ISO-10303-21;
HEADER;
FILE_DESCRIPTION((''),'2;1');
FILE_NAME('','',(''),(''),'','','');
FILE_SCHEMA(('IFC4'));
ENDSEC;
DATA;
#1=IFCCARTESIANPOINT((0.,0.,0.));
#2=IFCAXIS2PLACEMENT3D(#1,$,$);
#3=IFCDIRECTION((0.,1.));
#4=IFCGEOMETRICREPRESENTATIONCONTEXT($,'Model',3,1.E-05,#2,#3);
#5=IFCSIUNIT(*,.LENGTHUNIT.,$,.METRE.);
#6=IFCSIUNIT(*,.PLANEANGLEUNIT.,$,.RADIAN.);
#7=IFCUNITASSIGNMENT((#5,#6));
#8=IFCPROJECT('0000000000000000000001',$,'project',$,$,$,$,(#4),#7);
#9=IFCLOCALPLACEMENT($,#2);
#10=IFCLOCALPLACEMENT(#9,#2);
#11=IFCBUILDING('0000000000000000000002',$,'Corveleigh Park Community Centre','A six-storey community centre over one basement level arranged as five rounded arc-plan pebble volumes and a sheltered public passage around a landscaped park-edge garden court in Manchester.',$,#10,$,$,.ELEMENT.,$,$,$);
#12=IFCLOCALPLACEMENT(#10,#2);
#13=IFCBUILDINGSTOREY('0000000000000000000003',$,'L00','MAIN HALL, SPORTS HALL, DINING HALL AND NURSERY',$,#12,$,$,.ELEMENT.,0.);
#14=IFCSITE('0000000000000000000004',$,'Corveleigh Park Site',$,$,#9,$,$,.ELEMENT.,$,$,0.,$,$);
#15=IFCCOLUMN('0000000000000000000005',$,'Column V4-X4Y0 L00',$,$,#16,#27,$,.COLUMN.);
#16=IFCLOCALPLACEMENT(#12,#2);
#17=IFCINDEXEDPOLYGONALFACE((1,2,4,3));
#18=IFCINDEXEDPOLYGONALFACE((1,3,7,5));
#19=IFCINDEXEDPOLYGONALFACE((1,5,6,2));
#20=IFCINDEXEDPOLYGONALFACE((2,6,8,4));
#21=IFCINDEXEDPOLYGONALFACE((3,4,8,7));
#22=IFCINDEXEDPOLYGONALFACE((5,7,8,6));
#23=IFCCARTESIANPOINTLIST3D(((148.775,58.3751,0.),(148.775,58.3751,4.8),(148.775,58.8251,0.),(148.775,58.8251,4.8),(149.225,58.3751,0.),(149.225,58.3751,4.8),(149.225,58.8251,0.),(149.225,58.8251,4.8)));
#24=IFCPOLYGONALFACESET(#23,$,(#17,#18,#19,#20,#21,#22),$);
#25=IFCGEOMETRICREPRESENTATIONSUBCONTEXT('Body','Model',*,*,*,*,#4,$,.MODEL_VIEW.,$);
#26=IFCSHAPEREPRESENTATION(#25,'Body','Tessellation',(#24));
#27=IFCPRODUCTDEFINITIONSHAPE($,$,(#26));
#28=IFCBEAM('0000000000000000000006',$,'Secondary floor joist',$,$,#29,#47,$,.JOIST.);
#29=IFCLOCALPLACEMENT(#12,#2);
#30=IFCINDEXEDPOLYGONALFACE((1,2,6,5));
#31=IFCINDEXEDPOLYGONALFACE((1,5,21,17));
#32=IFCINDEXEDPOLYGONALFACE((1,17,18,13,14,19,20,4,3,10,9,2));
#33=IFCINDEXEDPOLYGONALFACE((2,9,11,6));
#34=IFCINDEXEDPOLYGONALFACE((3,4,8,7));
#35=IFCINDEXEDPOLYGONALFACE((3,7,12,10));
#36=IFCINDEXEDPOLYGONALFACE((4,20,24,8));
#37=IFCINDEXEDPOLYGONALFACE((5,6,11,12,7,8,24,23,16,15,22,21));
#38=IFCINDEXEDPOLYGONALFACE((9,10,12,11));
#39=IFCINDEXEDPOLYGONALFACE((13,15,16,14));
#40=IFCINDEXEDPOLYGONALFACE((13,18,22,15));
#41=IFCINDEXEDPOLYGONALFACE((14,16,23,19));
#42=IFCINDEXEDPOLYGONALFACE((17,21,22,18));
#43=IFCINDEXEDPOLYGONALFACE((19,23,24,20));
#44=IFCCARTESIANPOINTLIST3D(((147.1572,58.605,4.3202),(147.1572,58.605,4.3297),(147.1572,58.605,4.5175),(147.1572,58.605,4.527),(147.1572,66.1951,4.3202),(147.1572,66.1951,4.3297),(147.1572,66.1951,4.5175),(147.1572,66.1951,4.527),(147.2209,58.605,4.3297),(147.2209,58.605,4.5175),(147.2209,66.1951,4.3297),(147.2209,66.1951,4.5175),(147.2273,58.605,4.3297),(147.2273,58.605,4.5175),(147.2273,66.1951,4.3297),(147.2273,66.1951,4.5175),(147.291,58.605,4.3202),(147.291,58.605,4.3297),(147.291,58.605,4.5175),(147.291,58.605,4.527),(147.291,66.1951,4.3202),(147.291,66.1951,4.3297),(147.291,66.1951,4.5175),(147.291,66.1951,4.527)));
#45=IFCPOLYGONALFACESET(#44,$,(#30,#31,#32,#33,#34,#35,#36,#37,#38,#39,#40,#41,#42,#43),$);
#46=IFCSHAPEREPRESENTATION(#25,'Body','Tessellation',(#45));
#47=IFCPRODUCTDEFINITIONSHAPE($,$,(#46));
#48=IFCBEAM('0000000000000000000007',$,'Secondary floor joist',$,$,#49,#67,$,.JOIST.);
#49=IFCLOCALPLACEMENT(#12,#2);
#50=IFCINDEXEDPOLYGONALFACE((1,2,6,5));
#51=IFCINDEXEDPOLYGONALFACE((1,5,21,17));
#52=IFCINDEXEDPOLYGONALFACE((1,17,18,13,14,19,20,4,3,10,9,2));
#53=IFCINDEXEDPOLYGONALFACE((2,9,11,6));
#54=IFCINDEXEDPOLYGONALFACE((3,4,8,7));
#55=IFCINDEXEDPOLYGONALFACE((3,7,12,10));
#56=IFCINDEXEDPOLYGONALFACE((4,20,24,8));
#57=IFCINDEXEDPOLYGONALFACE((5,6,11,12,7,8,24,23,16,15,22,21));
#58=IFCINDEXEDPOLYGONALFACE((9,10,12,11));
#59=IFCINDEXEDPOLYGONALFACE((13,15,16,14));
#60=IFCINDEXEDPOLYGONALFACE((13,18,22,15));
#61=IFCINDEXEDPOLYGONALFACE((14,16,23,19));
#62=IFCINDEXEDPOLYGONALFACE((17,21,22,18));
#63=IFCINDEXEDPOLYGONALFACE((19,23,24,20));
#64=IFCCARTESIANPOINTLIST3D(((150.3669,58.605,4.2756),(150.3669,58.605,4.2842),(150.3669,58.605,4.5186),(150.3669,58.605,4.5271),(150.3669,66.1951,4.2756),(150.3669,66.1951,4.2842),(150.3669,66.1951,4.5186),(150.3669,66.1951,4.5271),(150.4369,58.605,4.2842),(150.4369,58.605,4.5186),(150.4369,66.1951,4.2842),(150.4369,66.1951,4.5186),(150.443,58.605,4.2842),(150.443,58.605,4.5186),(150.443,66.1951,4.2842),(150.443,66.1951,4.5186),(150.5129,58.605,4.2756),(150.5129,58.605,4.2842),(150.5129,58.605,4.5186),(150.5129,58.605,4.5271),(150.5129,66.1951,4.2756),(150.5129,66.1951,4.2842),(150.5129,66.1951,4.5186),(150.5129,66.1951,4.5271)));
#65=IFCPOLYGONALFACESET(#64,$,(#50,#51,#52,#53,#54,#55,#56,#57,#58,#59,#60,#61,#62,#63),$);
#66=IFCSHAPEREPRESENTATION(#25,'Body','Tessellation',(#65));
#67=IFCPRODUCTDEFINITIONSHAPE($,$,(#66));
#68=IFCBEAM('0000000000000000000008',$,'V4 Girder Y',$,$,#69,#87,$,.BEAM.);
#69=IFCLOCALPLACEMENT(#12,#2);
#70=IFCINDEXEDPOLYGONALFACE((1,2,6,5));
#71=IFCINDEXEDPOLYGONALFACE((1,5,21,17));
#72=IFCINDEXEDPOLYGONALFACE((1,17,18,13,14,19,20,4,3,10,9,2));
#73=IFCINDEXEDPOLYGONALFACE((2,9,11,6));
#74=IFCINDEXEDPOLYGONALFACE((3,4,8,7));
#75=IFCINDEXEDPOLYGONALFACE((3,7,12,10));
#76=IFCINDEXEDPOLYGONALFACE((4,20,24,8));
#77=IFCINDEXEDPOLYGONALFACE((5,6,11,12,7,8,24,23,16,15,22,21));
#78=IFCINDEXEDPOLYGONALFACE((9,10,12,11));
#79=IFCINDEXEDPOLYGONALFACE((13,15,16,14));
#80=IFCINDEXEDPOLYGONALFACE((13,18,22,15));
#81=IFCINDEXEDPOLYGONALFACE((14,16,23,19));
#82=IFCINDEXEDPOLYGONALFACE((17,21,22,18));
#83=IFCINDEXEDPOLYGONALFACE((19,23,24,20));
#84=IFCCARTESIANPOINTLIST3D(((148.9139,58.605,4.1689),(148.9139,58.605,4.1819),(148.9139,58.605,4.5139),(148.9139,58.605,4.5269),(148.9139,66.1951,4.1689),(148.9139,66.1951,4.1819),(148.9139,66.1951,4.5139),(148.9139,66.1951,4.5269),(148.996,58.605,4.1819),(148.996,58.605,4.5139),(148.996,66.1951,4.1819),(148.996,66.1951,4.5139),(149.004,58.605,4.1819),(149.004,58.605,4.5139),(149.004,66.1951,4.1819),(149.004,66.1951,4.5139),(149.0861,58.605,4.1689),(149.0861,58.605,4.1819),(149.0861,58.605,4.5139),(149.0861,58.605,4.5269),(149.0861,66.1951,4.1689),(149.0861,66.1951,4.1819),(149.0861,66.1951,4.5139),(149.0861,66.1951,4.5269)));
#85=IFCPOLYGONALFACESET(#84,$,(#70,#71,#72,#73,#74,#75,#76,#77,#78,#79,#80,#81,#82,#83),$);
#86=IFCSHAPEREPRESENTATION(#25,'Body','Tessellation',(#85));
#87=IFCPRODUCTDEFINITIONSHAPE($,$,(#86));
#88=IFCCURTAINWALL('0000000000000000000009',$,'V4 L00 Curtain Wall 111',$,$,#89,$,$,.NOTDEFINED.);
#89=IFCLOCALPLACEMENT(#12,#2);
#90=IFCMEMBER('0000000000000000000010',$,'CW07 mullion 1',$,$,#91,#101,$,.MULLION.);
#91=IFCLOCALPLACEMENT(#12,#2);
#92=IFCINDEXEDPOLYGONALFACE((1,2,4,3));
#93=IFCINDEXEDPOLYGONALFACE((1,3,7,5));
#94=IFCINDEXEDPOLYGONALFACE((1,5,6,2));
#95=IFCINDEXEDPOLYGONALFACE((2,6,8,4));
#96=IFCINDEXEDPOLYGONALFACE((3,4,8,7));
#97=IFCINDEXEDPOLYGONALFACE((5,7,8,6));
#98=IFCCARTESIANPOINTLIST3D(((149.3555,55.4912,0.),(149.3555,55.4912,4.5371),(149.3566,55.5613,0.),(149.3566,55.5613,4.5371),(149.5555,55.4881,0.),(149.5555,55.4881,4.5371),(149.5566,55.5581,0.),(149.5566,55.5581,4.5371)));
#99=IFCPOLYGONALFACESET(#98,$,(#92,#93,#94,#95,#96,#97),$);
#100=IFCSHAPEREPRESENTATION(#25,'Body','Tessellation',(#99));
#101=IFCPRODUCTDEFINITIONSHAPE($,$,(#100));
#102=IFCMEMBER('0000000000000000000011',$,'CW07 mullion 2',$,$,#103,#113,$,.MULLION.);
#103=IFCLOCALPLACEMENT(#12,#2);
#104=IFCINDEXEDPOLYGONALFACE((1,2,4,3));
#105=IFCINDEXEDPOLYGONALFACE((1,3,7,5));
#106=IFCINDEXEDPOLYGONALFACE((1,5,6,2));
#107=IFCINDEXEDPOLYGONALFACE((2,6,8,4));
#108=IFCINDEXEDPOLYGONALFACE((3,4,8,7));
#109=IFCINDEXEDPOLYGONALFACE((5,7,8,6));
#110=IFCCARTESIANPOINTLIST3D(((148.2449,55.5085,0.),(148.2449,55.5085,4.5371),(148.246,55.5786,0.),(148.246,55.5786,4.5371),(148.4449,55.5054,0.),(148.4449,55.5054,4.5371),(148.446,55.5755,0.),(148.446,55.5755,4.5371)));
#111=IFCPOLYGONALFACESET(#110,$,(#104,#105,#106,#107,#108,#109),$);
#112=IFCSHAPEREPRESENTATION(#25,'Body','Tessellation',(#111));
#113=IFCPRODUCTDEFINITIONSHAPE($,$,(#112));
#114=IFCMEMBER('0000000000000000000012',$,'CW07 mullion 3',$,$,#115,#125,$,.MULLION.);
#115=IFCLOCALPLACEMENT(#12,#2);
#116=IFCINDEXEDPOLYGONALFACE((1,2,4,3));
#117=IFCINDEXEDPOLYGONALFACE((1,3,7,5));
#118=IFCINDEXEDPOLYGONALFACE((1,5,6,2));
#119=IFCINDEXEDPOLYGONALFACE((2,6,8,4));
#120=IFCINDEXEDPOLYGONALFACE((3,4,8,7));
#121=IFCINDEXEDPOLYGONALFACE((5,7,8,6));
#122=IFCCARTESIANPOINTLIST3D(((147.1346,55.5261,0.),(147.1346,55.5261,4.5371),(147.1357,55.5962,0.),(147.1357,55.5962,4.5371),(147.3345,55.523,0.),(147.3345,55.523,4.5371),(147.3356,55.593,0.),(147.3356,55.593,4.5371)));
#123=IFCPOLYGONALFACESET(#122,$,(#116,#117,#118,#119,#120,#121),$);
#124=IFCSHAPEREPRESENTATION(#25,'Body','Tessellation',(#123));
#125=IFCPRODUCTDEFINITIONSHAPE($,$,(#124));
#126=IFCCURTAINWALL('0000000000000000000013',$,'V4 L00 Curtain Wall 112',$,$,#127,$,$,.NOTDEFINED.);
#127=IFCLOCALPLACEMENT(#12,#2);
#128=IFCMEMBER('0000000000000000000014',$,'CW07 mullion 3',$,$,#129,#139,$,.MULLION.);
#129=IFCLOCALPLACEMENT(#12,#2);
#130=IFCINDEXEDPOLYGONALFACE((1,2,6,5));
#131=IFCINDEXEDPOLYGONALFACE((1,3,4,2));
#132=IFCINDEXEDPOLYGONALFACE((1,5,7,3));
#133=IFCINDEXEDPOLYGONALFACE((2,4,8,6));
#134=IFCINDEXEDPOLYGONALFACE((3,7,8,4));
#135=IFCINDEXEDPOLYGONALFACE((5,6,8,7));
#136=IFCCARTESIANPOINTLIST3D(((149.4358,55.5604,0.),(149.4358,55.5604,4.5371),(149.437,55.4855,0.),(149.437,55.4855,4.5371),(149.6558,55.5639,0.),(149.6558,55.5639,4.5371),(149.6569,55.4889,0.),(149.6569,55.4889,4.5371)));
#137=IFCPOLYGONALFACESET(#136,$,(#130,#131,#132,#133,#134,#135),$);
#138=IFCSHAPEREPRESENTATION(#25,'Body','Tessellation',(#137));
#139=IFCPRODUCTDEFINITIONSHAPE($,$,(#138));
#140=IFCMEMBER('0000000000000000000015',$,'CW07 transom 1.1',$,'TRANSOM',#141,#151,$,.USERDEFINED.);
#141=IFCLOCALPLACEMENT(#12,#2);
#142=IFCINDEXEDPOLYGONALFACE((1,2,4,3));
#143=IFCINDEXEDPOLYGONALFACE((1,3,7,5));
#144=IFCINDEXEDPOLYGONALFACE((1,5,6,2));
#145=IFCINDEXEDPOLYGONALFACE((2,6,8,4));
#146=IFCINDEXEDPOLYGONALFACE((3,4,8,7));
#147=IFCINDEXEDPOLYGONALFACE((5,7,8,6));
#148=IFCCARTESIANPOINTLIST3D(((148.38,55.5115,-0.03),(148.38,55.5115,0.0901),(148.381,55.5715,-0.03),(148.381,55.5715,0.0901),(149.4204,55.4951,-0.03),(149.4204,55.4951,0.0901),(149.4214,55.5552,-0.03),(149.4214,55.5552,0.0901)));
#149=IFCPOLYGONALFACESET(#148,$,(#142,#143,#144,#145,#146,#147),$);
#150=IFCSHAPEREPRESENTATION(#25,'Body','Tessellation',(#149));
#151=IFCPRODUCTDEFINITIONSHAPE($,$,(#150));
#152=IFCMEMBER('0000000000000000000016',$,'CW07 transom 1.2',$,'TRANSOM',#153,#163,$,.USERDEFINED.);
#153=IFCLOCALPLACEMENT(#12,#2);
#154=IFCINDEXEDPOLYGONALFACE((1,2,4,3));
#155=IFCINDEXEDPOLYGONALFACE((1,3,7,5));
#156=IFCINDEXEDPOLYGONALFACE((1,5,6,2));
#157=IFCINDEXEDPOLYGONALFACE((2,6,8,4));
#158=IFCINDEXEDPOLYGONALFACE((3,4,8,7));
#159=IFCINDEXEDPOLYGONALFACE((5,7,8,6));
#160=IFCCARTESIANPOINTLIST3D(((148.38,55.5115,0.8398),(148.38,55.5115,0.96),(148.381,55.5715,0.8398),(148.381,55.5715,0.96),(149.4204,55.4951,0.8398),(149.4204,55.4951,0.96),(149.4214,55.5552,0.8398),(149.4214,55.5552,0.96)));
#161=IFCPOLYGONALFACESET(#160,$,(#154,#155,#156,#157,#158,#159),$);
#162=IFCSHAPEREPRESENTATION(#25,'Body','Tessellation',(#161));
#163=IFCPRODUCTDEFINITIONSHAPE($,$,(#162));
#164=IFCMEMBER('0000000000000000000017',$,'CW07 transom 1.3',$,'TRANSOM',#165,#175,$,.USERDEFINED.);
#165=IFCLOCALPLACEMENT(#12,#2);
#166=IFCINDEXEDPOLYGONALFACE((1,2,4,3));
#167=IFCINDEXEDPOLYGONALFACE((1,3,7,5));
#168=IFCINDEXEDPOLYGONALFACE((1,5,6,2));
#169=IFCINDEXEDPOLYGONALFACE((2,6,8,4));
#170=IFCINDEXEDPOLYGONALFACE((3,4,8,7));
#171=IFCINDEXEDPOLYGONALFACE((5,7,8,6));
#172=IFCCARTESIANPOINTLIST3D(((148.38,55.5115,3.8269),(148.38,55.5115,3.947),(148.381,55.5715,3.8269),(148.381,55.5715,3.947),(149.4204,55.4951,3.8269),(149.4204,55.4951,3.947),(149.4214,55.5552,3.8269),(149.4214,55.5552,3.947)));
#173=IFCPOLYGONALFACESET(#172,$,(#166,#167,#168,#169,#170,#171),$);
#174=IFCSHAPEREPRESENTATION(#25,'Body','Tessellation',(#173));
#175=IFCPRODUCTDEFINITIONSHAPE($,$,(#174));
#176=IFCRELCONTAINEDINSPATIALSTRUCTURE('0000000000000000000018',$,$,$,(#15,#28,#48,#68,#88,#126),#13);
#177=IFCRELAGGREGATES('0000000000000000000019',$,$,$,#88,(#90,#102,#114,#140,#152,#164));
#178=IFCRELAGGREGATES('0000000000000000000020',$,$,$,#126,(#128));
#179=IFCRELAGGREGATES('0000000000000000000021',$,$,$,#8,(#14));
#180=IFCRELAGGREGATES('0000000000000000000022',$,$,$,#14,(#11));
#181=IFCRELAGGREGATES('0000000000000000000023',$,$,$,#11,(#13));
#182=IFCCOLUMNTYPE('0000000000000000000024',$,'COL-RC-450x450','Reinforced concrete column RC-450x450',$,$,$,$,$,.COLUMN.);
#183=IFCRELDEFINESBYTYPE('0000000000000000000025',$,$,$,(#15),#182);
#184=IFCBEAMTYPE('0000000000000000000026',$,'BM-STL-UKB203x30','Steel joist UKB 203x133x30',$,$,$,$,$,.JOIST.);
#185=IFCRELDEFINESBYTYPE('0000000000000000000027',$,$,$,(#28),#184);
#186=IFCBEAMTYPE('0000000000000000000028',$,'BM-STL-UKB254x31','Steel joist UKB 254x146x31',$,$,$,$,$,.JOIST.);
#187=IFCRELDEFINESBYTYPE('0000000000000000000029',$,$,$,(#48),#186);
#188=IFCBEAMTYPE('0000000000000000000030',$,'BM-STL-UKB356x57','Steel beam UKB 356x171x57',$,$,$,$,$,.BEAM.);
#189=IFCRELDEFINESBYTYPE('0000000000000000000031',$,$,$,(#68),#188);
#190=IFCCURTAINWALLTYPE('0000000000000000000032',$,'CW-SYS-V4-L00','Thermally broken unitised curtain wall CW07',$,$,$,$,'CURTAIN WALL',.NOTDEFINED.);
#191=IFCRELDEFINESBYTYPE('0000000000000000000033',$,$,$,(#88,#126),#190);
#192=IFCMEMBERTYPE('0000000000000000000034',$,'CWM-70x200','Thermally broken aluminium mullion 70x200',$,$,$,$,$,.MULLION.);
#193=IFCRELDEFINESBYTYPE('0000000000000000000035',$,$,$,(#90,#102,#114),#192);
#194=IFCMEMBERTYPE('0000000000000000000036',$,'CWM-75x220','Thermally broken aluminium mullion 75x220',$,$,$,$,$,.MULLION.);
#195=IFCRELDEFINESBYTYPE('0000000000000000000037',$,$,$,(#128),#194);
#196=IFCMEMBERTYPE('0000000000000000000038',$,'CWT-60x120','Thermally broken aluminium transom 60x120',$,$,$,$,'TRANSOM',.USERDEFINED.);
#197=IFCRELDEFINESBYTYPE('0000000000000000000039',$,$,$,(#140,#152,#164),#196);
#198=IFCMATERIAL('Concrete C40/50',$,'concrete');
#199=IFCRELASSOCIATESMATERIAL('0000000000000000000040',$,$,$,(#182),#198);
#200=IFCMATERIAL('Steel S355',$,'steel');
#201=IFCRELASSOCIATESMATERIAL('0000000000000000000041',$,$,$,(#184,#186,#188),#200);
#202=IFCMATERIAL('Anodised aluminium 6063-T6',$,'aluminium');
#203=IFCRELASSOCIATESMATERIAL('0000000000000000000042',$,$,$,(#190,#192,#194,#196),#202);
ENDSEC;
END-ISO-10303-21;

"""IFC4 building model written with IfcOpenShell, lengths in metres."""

from ifc_helpers import new_model, si_unit, direction, frame, origin, origin_2d, place, context, subcontext, project, spatial, rectangle, i_section, extrude, material, material_profile, profile_set, type_object, element, aggregate, save


model = new_model("IFC4")

# Units and contexts
model_context = context("Model", 3, precision=1e-05, world=origin(), true_north=direction((0.0, 1.0)))
body_context = subcontext(model_context, "Body", "Model", "MODEL_VIEW")
ifc_project = project(units=[si_unit("LENGTHUNIT", "METRE"), si_unit("PLANEANGLEUNIT", "RADIAN")], contexts=[model_context])

# Site, building, storey
site_placement = place(None, origin())
site = spatial("IfcSite", under=ifc_project, at=site_placement, Name="Corveleigh Park Site", CompositionType="ELEMENT", RefElevation=0.0)
building_placement = place(site_placement, origin())
building = spatial("IfcBuilding", under=site, at=building_placement, Name="Corveleigh Park Community Centre", Description="A six-storey community centre over one basement level arranged as five rounded arc-plan pebble volumes and a sheltered public passage around a landscaped park-edge garden court in Manchester.", CompositionType="ELEMENT")
storey_placement = place(building_placement, origin())
storey = spatial("IfcBuildingStorey", under=building, at=storey_placement, Name="L00", Description="MAIN HALL, SPORTS HALL, DINING HALL AND NURSERY", CompositionType="ELEMENT", Elevation=0.0)

# Column
ifc_material_1 = material(Name="Concrete C40/50", Category="concrete")
ifc_material_profile_1 = material_profile(ifc_material_1, rectangle(XDim=0.45, YDim=0.45, at=origin_2d()), Name="RC-450x450", Category="concrete")
ifc_profile_set_1 = profile_set([ifc_material_profile_1], Name="Concrete C40/50")
column_type = type_object("IfcColumnType", Name="COL-RC-450x450", Description="Reinforced concrete column RC-450x450", PredefinedType="COLUMN", material=ifc_profile_set_1)
column_placement = place(storey_placement, frame((149.0, 58.6001, 0.0), z_axis=(0.0, 0.0, 1.0), x_axis=(1.0, 0.0, 0.0)))
element("IfcColumn", 1, at=column_placement, inside=storey, type_object=column_type, Name="Column V4-X4Y0 L00", PredefinedType="COLUMN", context=body_context, shape_type="SweptSolid", body=[
    extrude(rectangle(XDim=0.45, YDim=0.45, at=origin_2d()), origin(), (0.0, 0.0, 1.0), 4.8),
])

# Beams
ifc_material_2 = material(Name="Steel S355", Category="steel")
ifc_material_profile_2 = material_profile(ifc_material_2, i_section(OverallWidth=0.1338, OverallDepth=0.2068, WebThickness=0.0063, FlangeThickness=0.0095, at=origin_2d()), Name="UKB 203x133x30", Category="steel")
ifc_profile_set_2 = profile_set([ifc_material_profile_2], Name="Steel S355")
beam_type_1 = type_object("IfcBeamType", Name="BM-STL-UKB203x30", Description="Steel joist UKB 203x133x30", PredefinedType="JOIST", material=ifc_profile_set_2)
beam_1_placement = place(storey_placement, frame((147.2241, 58.605, 4.4236), z_axis=(0.0, 1.0, 0.0), x_axis=(-1.0, 0.0, 0.0)))
element("IfcBeam", 2, at=beam_1_placement, inside=storey, type_object=beam_type_1, Name="Secondary floor joist", PredefinedType="JOIST", context=body_context, shape_type="SweptSolid", body=[
    extrude(i_section(OverallWidth=0.1338, OverallDepth=0.2068, WebThickness=0.0063, FlangeThickness=0.0095, at=origin_2d()), origin(), (0.0, 0.0, 1.0), 7.5901),
])
ifc_material_profile_3 = material_profile(ifc_material_2, i_section(OverallWidth=0.146, OverallDepth=0.2515, WebThickness=0.0061, FlangeThickness=0.0085, at=origin_2d()), Name="UKB 254x146x31", Category="steel")
ifc_profile_set_3 = profile_set([ifc_material_profile_3], Name="Steel S355")
beam_type_2 = type_object("IfcBeamType", Name="BM-STL-UKB254x31", Description="Steel joist UKB 254x146x31", PredefinedType="JOIST", material=ifc_profile_set_3)
beam_2_placement = place(storey_placement, frame((150.4399, 58.605, 4.4014), z_axis=(0.0, 1.0, 0.0), x_axis=(-1.0, 0.0, 0.0)))
element("IfcBeam", 3, at=beam_2_placement, inside=storey, type_object=beam_type_2, Name="Secondary floor joist", PredefinedType="JOIST", context=body_context, shape_type="SweptSolid", body=[
    extrude(i_section(OverallWidth=0.146, OverallDepth=0.2515, WebThickness=0.0061, FlangeThickness=0.0085, at=origin_2d()), origin(), (0.0, 0.0, 1.0), 7.5901),
])
ifc_material_profile_4 = material_profile(ifc_material_2, i_section(OverallWidth=0.1721, OverallDepth=0.3579, WebThickness=0.0081, FlangeThickness=0.0129, at=origin_2d()), Name="UKB 356x171x57", Category="steel")
ifc_profile_set_4 = profile_set([ifc_material_profile_4], Name="Steel S355")
beam_type_3 = type_object("IfcBeamType", Name="BM-STL-UKB356x57", Description="Steel beam UKB 356x171x57", PredefinedType="BEAM", material=ifc_profile_set_4)
beam_3_placement = place(storey_placement, frame((149.0, 58.605, 4.3479), z_axis=(0.0, 1.0, 0.0), x_axis=(-1.0, 0.0, 0.0)))
element("IfcBeam", 4, at=beam_3_placement, inside=storey, type_object=beam_type_3, Name="V4 Girder Y", PredefinedType="BEAM", context=body_context, shape_type="SweptSolid", body=[
    extrude(i_section(OverallWidth=0.1721, OverallDepth=0.3579, WebThickness=0.0081, FlangeThickness=0.0129, at=origin_2d()), origin(), (0.0, 0.0, 1.0), 7.5901),
])

# Curtain wall, members
ifc_material_3 = material(Name="Anodised aluminium 6063-T6", Category="aluminium")
curtain_wall_type = type_object("IfcCurtainWallType", Name="CW-SYS-V4-L00", Description="Thermally broken unitised curtain wall CW07", ElementType="CURTAIN WALL", PredefinedType="NOTDEFINED", material=ifc_material_3)
curtain_wall_1_placement = place(storey_placement, origin())
curtain_wall_1 = element("IfcCurtainWall", 5, at=curtain_wall_1_placement, inside=storey, type_object=curtain_wall_type, Name="V4 L00 Curtain Wall 111", PredefinedType="NOTDEFINED")
ifc_material_profile_5 = material_profile(ifc_material_3, rectangle(XDim=0.0701, YDim=0.2, at=origin_2d()), Name="ALU-M70x200", Category="aluminium")
ifc_profile_set_5 = profile_set([ifc_material_profile_5], Name="Anodised aluminium 6063-T6")
member_type_1 = type_object("IfcMemberType", Name="CWM-70x200", Description="Thermally broken aluminium mullion 70x200", PredefinedType="MULLION", material=ifc_profile_set_5)
member_1_placement = place(storey_placement, frame((149.4561, 55.5247, 0.0), z_axis=(0.0, 0.0, 1.0), x_axis=(-0.015712, -0.999877, 0.0)))
member_1 = element("IfcMember", 6, at=member_1_placement, type_object=member_type_1, Name="CW07 mullion 1", PredefinedType="MULLION", context=body_context, shape_type="SweptSolid", body=[
    extrude(rectangle(XDim=0.0701, YDim=0.2, at=origin_2d()), origin(), (0.0, 0.0, 1.0), 4.5371),
])
member_2_placement = place(storey_placement, frame((148.3455, 55.542, 0.0), z_axis=(0.0, 0.0, 1.0), x_axis=(-0.015712, -0.999877, 0.0)))
member_2 = element("IfcMember", 7, at=member_2_placement, type_object=member_type_1, Name="CW07 mullion 2", PredefinedType="MULLION", context=body_context, shape_type="SweptSolid", body=[
    extrude(rectangle(XDim=0.0701, YDim=0.2, at=origin_2d()), origin(), (0.0, 0.0, 1.0), 4.5371),
])
member_3_placement = place(storey_placement, frame((147.2351, 55.5596, 0.0), z_axis=(0.0, 0.0, 1.0), x_axis=(-0.015712, -0.999877, 0.0)))
member_3 = element("IfcMember", 8, at=member_3_placement, type_object=member_type_1, Name="CW07 mullion 3", PredefinedType="MULLION", context=body_context, shape_type="SweptSolid", body=[
    extrude(rectangle(XDim=0.0701, YDim=0.2, at=origin_2d()), origin(), (0.0, 0.0, 1.0), 4.5371),
])

# Curtain wall, member
curtain_wall_2_placement = place(storey_placement, origin())
curtain_wall_2 = element("IfcCurtainWall", 9, at=curtain_wall_2_placement, inside=storey, type_object=curtain_wall_type, Name="V4 L00 Curtain Wall 112", PredefinedType="NOTDEFINED")
ifc_material_profile_6 = material_profile(ifc_material_3, rectangle(XDim=0.075, YDim=0.22, at=origin_2d()), Name="ALU-M75x220", Category="aluminium")
ifc_profile_set_6 = profile_set([ifc_material_profile_6], Name="Anodised aluminium 6063-T6")
member_type_2 = type_object("IfcMemberType", Name="CWM-75x220", Description="Thermally broken aluminium mullion 75x220", PredefinedType="MULLION", material=ifc_profile_set_6)
member_4_placement = place(storey_placement, frame((149.5464, 55.5247, 0.0), z_axis=(0.0, 0.0, 1.0), x_axis=(0.015712, -0.999877, 0.0)))
member_4 = element("IfcMember", 10, at=member_4_placement, type_object=member_type_2, Name="CW07 mullion 3", PredefinedType="MULLION", context=body_context, shape_type="SweptSolid", body=[
    extrude(rectangle(XDim=0.075, YDim=0.22, at=origin_2d()), origin(), (0.0, 0.0, 1.0), 4.5371),
])

# Members
ifc_material_profile_7 = material_profile(ifc_material_3, rectangle(XDim=0.0601, YDim=0.1201, at=origin_2d()), Name="ALU-T60x120", Category="aluminium")
ifc_profile_set_7 = profile_set([ifc_material_profile_7], Name="Anodised aluminium 6063-T6")
member_type_3 = type_object("IfcMemberType", Name="CWT-60x120", Description="Thermally broken aluminium transom 60x120", ElementType="TRANSOM", PredefinedType="USERDEFINED", material=ifc_profile_set_7)
member_5_placement = place(storey_placement, frame((149.4209, 55.5251, 0.03), z_axis=(-0.999876, 0.015722, 0.0), x_axis=(-0.015722, -0.999876, 0.0)))
member_5 = element("IfcMember", 11, at=member_5_placement, type_object=member_type_3, Name="CW07 transom 1.1", ObjectType="TRANSOM", PredefinedType="USERDEFINED", context=body_context, shape_type="SweptSolid", body=[
    extrude(rectangle(XDim=0.0601, YDim=0.1201, at=origin_2d()), origin(), (0.0, 0.0, 1.0), 1.0405),
])
member_6_placement = place(storey_placement, frame((149.4209, 55.5251, 0.8999), z_axis=(-0.999876, 0.015722, 0.0), x_axis=(-0.015722, -0.999876, 0.0)))
member_6 = element("IfcMember", 12, at=member_6_placement, type_object=member_type_3, Name="CW07 transom 1.2", ObjectType="TRANSOM", PredefinedType="USERDEFINED", context=body_context, shape_type="SweptSolid", body=[
    extrude(rectangle(XDim=0.0601, YDim=0.1201, at=origin_2d()), origin(), (0.0, 0.0, 1.0), 1.0405),
])
member_7_placement = place(storey_placement, frame((149.4209, 55.5251, 3.887), z_axis=(-0.999876, 0.015722, 0.0), x_axis=(-0.015722, -0.999876, 0.0)))
member_7 = element("IfcMember", 13, at=member_7_placement, type_object=member_type_3, Name="CW07 transom 1.3", ObjectType="TRANSOM", PredefinedType="USERDEFINED", context=body_context, shape_type="SweptSolid", body=[
    extrude(rectangle(XDim=0.0601, YDim=0.1201, at=origin_2d()), origin(), (0.0, 0.0, 1.0), 1.0405),
])

aggregate(curtain_wall_1, [member_1, member_2, member_3, member_5, member_6, member_7])
aggregate(curtain_wall_2, [member_4])

save(model, "model.ifc")
